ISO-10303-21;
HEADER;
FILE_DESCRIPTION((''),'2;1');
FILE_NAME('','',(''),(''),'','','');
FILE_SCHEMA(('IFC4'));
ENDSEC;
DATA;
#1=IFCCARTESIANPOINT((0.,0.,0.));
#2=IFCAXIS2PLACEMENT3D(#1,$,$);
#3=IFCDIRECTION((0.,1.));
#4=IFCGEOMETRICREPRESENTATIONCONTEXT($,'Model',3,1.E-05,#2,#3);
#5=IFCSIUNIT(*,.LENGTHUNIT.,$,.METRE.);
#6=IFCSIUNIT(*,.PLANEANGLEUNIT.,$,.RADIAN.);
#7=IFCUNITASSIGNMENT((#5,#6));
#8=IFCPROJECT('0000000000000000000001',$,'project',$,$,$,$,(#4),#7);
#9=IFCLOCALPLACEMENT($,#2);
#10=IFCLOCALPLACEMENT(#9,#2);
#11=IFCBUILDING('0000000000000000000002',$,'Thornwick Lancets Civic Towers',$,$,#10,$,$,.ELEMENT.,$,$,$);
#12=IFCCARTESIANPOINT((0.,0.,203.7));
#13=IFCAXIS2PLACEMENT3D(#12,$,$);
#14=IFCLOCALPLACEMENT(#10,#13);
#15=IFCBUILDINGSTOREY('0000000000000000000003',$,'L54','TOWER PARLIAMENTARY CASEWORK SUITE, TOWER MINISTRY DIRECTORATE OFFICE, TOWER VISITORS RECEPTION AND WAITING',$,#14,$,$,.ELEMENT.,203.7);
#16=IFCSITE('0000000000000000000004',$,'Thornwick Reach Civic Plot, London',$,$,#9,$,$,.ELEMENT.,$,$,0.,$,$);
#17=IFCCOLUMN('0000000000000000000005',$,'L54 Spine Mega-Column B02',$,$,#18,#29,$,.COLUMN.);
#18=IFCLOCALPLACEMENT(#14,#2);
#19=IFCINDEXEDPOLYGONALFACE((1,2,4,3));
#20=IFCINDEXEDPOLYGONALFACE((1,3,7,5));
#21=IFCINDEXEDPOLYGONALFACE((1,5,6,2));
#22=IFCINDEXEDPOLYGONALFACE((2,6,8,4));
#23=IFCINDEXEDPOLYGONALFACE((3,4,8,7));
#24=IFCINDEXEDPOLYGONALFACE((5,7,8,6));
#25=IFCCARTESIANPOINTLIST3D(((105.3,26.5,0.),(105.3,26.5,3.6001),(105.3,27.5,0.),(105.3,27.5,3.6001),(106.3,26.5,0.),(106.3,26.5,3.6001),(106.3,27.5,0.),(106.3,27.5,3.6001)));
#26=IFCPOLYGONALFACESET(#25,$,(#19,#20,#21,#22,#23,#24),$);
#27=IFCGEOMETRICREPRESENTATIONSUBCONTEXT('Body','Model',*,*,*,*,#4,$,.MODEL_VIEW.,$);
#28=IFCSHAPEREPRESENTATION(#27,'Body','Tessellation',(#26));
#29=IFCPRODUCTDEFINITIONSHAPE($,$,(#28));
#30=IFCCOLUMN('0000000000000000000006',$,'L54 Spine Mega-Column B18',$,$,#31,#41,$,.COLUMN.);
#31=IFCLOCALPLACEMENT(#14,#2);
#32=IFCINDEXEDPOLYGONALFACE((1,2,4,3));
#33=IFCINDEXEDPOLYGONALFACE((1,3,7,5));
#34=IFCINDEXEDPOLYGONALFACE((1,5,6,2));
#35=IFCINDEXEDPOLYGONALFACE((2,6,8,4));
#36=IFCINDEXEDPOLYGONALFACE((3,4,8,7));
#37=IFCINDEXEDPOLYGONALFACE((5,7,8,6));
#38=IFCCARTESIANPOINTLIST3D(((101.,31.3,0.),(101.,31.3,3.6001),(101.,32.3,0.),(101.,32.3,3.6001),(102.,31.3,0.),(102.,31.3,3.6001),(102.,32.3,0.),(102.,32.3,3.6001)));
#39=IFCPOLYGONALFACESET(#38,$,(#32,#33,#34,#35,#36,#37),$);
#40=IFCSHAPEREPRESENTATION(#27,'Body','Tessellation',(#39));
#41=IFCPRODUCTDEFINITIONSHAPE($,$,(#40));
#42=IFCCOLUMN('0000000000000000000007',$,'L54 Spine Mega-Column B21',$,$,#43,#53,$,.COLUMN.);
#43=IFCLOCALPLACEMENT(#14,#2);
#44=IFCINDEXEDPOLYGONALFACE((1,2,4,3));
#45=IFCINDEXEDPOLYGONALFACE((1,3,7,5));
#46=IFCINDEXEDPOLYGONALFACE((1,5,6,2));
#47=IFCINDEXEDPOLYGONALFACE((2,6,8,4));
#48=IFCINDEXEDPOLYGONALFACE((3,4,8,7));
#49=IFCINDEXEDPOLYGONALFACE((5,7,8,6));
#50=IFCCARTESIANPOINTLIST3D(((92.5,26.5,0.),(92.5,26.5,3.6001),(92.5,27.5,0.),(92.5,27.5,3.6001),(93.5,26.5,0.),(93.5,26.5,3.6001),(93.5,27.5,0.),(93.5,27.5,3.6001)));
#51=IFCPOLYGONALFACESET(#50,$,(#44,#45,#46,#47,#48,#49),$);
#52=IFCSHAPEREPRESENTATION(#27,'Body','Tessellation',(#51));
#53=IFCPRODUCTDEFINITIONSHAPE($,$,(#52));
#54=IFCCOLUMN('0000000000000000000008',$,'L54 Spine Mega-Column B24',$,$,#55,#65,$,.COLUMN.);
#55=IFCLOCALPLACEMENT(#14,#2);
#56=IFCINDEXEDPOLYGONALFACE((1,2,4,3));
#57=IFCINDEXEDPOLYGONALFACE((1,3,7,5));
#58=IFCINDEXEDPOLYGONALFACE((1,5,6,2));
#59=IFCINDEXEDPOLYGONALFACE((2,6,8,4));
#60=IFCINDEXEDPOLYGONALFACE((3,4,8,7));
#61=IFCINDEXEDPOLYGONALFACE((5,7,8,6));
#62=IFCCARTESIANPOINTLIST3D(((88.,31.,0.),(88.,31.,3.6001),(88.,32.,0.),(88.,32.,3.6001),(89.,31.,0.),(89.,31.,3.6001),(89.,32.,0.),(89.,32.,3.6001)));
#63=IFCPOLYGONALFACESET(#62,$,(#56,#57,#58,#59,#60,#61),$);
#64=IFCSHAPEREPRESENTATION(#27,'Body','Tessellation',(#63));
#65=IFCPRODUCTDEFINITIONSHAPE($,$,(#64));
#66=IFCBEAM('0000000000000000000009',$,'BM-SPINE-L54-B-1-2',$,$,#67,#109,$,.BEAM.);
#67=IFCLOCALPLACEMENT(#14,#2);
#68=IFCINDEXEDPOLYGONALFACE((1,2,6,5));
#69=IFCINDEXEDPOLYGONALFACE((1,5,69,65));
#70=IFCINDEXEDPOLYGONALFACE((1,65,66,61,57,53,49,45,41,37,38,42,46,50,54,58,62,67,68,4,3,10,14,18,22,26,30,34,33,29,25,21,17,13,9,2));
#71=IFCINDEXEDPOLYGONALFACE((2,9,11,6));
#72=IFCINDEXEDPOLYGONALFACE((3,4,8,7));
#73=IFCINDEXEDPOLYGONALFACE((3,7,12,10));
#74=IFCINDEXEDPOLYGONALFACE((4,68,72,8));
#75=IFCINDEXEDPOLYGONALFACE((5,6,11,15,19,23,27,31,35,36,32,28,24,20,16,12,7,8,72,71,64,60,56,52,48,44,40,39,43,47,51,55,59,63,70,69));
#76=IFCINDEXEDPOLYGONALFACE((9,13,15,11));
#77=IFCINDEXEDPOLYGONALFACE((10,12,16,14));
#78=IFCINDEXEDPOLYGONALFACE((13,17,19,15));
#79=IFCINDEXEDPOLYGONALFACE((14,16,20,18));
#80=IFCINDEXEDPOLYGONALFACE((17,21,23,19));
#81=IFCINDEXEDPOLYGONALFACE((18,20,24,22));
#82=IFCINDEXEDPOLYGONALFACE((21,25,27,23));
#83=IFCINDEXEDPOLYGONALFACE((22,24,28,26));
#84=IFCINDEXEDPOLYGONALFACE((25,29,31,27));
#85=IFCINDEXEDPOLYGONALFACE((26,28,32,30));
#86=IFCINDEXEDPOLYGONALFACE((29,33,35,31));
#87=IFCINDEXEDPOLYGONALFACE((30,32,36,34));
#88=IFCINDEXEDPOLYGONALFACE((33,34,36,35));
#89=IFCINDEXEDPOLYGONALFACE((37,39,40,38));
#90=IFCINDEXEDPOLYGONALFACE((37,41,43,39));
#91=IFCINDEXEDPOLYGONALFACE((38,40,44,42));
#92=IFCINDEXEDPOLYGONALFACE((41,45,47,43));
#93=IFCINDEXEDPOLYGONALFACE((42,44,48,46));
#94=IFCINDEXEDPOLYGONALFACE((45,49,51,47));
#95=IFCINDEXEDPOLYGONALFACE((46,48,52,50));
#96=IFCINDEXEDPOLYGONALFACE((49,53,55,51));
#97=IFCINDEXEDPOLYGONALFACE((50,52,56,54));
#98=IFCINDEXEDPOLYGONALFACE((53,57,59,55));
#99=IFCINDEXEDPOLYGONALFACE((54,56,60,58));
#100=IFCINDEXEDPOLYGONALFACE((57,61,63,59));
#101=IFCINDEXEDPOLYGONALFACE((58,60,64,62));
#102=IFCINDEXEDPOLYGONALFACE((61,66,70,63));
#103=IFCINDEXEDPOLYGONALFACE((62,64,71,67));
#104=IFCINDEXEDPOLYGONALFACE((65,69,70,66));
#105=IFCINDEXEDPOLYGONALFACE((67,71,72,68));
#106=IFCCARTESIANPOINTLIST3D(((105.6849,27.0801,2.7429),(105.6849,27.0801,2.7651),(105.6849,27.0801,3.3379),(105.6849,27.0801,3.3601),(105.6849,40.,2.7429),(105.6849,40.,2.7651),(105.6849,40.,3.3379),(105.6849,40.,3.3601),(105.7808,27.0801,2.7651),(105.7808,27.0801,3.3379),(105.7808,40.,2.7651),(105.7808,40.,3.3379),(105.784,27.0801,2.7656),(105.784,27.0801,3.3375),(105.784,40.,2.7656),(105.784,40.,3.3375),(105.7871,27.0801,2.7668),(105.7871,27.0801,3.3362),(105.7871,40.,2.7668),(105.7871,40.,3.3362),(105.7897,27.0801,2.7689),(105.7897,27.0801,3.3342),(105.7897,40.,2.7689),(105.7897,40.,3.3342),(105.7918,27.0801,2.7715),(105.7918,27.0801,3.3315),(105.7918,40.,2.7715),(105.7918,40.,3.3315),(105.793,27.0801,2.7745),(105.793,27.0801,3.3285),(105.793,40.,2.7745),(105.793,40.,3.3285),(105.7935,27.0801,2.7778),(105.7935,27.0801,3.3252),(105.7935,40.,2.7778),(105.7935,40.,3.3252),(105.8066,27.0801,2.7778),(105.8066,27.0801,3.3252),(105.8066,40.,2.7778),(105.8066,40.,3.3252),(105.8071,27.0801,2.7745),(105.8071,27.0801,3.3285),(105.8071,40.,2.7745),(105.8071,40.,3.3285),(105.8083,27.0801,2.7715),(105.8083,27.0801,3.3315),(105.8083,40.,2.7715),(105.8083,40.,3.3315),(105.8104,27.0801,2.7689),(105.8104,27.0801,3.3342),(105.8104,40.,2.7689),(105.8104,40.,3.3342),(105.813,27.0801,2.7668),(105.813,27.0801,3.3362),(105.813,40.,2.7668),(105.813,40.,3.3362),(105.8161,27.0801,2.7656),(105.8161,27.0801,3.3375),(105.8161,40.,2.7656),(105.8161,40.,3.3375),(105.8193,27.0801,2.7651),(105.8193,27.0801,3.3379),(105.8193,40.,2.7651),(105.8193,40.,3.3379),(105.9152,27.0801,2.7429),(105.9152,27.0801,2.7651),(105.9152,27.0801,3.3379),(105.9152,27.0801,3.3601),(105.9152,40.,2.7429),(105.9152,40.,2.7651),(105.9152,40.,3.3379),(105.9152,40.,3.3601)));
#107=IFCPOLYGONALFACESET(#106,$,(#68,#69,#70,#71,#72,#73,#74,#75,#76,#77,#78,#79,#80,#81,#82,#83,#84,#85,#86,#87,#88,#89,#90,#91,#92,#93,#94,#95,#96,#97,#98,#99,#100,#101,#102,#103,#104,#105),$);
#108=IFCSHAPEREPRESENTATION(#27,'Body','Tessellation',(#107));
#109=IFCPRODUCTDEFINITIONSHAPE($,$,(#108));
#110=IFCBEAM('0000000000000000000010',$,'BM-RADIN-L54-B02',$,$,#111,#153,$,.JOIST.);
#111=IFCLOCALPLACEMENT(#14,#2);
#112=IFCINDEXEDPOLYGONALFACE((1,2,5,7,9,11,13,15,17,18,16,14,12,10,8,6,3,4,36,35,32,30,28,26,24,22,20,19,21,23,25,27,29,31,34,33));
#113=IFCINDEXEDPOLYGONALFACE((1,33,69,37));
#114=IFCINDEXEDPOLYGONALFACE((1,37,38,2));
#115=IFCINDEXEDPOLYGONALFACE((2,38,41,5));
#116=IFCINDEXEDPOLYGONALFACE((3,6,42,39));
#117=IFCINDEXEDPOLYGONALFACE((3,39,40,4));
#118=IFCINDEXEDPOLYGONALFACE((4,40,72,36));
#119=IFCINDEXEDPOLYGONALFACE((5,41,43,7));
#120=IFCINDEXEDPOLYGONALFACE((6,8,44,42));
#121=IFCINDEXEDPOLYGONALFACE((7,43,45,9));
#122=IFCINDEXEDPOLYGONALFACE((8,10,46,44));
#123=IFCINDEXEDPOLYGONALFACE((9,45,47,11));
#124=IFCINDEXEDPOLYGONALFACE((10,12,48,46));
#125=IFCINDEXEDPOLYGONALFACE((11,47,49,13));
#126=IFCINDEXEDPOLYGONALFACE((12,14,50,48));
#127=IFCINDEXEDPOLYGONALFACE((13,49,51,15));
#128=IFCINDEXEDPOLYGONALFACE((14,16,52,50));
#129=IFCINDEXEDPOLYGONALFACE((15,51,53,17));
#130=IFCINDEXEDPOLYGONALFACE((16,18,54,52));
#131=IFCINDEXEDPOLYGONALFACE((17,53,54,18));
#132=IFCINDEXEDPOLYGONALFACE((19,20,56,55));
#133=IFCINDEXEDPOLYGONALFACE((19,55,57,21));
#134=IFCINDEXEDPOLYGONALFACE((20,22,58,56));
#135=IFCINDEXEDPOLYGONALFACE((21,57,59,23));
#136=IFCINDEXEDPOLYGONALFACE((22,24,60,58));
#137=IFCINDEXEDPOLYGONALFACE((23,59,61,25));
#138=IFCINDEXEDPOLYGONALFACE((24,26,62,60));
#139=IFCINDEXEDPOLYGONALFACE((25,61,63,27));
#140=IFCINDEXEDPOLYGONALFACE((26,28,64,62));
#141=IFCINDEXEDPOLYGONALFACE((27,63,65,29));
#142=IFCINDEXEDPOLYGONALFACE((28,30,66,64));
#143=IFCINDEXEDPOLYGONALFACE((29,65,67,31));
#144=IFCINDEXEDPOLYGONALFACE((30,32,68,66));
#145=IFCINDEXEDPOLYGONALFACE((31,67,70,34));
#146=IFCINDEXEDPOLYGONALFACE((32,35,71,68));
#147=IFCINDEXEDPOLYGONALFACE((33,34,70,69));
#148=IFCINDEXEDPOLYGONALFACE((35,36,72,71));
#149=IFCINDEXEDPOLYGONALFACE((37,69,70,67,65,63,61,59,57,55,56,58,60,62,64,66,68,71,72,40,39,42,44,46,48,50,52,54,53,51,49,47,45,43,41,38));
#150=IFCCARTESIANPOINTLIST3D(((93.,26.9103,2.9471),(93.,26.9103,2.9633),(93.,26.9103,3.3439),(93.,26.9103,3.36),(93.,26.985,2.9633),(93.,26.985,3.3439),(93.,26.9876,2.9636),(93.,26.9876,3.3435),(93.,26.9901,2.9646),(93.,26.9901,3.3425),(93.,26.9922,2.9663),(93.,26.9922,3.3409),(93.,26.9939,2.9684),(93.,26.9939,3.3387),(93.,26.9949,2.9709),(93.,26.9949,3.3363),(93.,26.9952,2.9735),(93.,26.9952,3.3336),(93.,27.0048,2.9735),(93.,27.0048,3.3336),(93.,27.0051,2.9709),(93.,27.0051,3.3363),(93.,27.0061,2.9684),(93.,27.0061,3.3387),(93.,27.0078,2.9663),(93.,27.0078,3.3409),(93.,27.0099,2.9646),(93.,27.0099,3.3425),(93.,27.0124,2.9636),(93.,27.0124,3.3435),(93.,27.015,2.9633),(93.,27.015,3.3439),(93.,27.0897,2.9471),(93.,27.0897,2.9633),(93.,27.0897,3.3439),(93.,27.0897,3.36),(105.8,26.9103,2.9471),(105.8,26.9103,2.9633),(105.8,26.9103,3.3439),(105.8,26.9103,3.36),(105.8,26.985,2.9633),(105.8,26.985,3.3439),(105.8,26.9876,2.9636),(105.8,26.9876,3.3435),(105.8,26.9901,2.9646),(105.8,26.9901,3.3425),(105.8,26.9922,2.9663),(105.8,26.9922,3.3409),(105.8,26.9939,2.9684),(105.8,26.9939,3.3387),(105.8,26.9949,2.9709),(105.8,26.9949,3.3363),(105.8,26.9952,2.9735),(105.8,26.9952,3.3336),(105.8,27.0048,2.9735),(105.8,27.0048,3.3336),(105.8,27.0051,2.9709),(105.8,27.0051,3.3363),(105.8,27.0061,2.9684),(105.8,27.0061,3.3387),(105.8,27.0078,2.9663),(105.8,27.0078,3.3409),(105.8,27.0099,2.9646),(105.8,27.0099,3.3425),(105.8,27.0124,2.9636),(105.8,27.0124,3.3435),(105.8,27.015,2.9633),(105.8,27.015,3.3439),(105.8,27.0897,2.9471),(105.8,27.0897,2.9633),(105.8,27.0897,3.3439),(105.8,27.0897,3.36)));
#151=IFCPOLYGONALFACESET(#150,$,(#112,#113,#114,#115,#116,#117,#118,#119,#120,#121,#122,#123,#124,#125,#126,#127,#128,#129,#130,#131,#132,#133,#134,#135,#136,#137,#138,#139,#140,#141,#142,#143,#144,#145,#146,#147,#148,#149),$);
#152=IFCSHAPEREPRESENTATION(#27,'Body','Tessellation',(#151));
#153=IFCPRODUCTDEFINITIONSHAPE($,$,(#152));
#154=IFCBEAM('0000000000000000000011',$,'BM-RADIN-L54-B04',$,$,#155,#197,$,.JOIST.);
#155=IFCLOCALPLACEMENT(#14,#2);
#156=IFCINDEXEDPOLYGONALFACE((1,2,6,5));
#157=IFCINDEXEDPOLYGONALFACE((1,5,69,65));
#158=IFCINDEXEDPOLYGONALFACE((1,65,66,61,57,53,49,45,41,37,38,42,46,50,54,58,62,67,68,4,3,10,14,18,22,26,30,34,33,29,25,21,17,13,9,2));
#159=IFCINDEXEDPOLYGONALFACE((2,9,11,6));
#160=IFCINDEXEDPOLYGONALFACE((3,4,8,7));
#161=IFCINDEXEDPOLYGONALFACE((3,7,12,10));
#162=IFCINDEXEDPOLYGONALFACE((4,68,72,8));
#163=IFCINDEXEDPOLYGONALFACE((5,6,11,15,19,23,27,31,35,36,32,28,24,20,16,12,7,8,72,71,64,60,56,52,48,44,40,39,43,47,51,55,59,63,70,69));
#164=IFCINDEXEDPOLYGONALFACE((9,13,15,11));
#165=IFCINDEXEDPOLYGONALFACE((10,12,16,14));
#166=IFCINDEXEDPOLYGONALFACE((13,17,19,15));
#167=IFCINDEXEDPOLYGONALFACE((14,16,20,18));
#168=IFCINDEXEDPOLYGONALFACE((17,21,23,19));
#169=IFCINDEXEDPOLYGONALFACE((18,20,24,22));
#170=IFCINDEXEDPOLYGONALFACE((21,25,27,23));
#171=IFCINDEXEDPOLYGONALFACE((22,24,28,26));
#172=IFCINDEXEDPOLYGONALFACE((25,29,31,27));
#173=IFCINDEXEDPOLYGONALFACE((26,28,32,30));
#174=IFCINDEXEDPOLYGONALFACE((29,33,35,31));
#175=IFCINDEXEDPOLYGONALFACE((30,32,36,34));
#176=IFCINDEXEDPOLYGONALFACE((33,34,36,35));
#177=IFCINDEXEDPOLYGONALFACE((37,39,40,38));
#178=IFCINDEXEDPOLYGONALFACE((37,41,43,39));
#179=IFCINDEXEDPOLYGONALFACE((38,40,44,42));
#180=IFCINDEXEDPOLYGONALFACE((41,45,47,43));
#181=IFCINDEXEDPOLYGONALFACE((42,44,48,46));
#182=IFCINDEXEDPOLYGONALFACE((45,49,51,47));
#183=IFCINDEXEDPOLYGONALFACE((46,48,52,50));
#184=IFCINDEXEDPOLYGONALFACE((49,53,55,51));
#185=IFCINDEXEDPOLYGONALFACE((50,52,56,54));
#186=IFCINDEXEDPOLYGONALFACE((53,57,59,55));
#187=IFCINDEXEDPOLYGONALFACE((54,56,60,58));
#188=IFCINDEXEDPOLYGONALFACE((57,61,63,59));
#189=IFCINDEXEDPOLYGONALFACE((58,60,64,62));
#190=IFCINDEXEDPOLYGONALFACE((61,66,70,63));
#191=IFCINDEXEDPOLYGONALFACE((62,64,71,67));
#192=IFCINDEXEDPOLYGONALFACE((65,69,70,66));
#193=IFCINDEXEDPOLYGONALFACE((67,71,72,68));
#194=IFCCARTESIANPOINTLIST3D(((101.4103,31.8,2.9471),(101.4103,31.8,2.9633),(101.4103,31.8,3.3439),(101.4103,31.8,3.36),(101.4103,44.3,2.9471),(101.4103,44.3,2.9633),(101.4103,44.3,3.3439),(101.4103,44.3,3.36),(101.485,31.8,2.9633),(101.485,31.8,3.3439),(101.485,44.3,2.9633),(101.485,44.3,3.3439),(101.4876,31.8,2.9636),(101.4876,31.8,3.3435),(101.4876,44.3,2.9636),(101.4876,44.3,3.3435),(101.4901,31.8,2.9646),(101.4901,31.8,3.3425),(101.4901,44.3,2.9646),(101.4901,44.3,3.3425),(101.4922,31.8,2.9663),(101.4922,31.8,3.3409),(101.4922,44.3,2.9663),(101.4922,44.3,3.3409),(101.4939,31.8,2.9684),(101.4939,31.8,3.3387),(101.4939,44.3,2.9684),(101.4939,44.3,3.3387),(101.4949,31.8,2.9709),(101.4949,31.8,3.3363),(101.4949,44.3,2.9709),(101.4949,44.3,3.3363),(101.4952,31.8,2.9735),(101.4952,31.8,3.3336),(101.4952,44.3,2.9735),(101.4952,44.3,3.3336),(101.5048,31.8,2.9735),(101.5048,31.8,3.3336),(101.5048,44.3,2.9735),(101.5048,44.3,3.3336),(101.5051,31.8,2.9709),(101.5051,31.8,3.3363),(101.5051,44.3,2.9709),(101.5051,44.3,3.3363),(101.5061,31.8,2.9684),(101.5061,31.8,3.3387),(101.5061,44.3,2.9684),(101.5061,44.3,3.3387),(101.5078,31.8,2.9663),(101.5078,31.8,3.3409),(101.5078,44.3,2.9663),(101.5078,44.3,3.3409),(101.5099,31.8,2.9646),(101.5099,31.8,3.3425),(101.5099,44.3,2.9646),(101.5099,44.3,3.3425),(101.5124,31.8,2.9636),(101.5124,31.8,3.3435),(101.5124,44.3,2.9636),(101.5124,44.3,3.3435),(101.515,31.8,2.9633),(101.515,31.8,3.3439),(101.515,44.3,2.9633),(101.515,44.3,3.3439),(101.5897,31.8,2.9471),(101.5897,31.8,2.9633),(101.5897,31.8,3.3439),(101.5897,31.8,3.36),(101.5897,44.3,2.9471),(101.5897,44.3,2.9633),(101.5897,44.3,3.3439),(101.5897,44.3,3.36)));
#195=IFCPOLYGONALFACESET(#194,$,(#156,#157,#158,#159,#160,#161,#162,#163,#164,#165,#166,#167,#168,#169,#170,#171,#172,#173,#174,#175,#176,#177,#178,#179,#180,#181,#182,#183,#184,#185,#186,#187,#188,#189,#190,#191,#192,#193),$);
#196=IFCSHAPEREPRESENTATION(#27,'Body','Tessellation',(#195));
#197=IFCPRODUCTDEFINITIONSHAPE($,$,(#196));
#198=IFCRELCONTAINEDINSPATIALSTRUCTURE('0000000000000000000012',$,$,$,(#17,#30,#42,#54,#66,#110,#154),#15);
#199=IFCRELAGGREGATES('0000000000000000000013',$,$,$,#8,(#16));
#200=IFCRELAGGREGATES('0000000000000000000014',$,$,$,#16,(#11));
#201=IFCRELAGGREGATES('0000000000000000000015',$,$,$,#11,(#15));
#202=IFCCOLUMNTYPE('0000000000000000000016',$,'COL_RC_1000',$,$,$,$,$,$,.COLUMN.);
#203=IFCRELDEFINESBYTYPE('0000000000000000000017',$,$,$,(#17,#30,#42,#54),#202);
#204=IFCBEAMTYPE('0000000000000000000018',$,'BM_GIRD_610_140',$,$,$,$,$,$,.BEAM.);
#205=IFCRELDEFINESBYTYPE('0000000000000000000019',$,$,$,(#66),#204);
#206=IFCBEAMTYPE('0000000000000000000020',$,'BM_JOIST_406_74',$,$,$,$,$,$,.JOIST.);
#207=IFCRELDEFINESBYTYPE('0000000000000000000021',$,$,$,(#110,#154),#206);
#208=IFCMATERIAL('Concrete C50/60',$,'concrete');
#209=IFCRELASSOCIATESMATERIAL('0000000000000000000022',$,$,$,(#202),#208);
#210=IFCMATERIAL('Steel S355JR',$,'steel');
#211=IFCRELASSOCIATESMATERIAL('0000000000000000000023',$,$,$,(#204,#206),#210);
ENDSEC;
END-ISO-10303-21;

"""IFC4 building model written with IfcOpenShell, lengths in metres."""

from ifc_helpers import new_model, si_unit, direction, frame, origin, origin_2d, place, context, subcontext, project, spatial, rectangle, i_section, extrude, material, material_profile, profile_set, type_object, element, save


model = new_model("IFC4")

# Units and contexts
model_context = context("Model", 3, precision=1e-05, world=origin(), true_north=direction((0.0, 1.0)))
body_context = subcontext(model_context, "Body", "Model", "MODEL_VIEW")
ifc_project = project(units=[si_unit("LENGTHUNIT", "METRE"), si_unit("PLANEANGLEUNIT", "RADIAN")], contexts=[model_context])

# Site, building, storey
site_placement = place(None, origin())
site = spatial("IfcSite", under=ifc_project, at=site_placement, Name="Thornwick Reach Civic Plot, London", CompositionType="ELEMENT", RefElevation=0.0)
building_placement = place(site_placement, origin())
building = spatial("IfcBuilding", under=site, at=building_placement, Name="Thornwick Lancets Civic Towers", CompositionType="ELEMENT")
storey_placement = place(building_placement, frame((0.0, 0.0, 203.7)))
storey = spatial("IfcBuildingStorey", under=building, at=storey_placement, Name="L54", Description="TOWER PARLIAMENTARY CASEWORK SUITE, TOWER MINISTRY DIRECTORATE OFFICE, TOWER VISITORS RECEPTION AND WAITING", CompositionType="ELEMENT", Elevation=203.7)

# Columns
ifc_material_1 = material(Name="Concrete C50/60", Category="concrete")
ifc_material_profile_1 = material_profile(ifc_material_1, rectangle(XDim=1.0, YDim=1.0, at=origin_2d()), Name="RC 1000x1000")
ifc_profile_set_1 = profile_set([ifc_material_profile_1], Name="Concrete C50/60")
column_type = type_object("IfcColumnType", Name="COL_RC_1000", PredefinedType="COLUMN", material=ifc_profile_set_1)
for number, where, z_axis, x_axis, name in (
    (1, (105.8, 27.0, 0.0), (0.0, 0.0, 1.0), (1.0, 0.0, 0.0), "L54 Spine Mega-Column B02"),
    (2, (101.5, 31.8, 0.0), (0.0, 0.0, 1.0), (1.0, 0.0, 0.0), "L54 Spine Mega-Column B18"),
    (3, (93.0, 27.0, 0.0), (0.0, 0.0, 1.0), (1.0, 0.0, 0.0), "L54 Spine Mega-Column B21"),
    (4, (88.5, 31.5, 0.0), (0.0, 0.0, 1.0), (1.0, 0.0, 0.0), "L54 Spine Mega-Column B24"),
):
    element("IfcColumn", number, at=place(storey_placement, frame(where, z_axis=z_axis, x_axis=x_axis)), inside=storey, type_object=column_type, Name=name, PredefinedType="COLUMN", context=body_context, shape_type="SweptSolid", body=[
        extrude(rectangle(XDim=1.0, YDim=1.0, at=origin_2d()), origin(), (0.0, 0.0, 1.0), 3.6001),
    ])

# Beams
ifc_material_2 = material(Name="Steel S355JR", Category="steel")
ifc_material_profile_2 = material_profile(ifc_material_2, i_section(OverallWidth=0.2302, OverallDepth=0.6172, WebThickness=0.0132, FlangeThickness=0.0222, FilletRadius=0.0127, at=origin_2d()), Name="UKB 610x229x140")
ifc_profile_set_2 = profile_set([ifc_material_profile_2], Name="Steel S355JR")
beam_type_1 = type_object("IfcBeamType", Name="BM_GIRD_610_140", PredefinedType="BEAM", material=ifc_profile_set_2)
beam_1_placement = place(storey_placement, frame((105.8, 27.0801, 3.0515), z_axis=(0.0, 1.0, 0.0), x_axis=(-1.0, 0.0, 0.0)))
element("IfcBeam", 5, at=beam_1_placement, inside=storey, type_object=beam_type_1, Name="BM-SPINE-L54-B-1-2", PredefinedType="BEAM", context=body_context, shape_type="SweptSolid", body=[
    extrude(i_section(OverallWidth=0.2302, OverallDepth=0.6172, WebThickness=0.0132, FlangeThickness=0.0222, FilletRadius=0.0127, at=origin_2d()), origin(), (0.0, 0.0, 1.0), 12.9199),
])
ifc_material_profile_3 = material_profile(ifc_material_2, i_section(OverallWidth=0.1794, OverallDepth=0.4128, WebThickness=0.0095, FlangeThickness=0.0161, FilletRadius=0.0103, at=origin_2d()), Name="UKB 406x178x74")
ifc_profile_set_3 = profile_set([ifc_material_profile_3], Name="Steel S355JR")
beam_type_2 = type_object("IfcBeamType", Name="BM_JOIST_406_74", PredefinedType="JOIST", material=ifc_profile_set_3)
beam_2_placement = place(storey_placement, frame((93.0, 27.0, 3.1536), z_axis=(1.0, 0.0, 0.0), x_axis=(0.0, 1.0, 0.0)))
element("IfcBeam", 6, at=beam_2_placement, inside=storey, type_object=beam_type_2, Name="BM-RADIN-L54-B02", PredefinedType="JOIST", context=body_context, shape_type="SweptSolid", body=[
    extrude(i_section(OverallWidth=0.1794, OverallDepth=0.4128, WebThickness=0.0095, FlangeThickness=0.0161, FilletRadius=0.0103, at=origin_2d()), origin(), (0.0, 0.0, 1.0), 12.8),
])
beam_3_placement = place(storey_placement, frame((101.5, 31.8, 3.1536), z_axis=(0.0, 1.0, 0.0), x_axis=(-1.0, 0.0, 0.0)))
element("IfcBeam", 7, at=beam_3_placement, inside=storey, type_object=beam_type_2, Name="BM-RADIN-L54-B04", PredefinedType="JOIST", context=body_context, shape_type="SweptSolid", body=[
    extrude(i_section(OverallWidth=0.1794, OverallDepth=0.4128, WebThickness=0.0095, FlangeThickness=0.0161, FilletRadius=0.0103, at=origin_2d()), origin(), (0.0, 0.0, 1.0), 12.5),
])

save(model, "model.ifc")
